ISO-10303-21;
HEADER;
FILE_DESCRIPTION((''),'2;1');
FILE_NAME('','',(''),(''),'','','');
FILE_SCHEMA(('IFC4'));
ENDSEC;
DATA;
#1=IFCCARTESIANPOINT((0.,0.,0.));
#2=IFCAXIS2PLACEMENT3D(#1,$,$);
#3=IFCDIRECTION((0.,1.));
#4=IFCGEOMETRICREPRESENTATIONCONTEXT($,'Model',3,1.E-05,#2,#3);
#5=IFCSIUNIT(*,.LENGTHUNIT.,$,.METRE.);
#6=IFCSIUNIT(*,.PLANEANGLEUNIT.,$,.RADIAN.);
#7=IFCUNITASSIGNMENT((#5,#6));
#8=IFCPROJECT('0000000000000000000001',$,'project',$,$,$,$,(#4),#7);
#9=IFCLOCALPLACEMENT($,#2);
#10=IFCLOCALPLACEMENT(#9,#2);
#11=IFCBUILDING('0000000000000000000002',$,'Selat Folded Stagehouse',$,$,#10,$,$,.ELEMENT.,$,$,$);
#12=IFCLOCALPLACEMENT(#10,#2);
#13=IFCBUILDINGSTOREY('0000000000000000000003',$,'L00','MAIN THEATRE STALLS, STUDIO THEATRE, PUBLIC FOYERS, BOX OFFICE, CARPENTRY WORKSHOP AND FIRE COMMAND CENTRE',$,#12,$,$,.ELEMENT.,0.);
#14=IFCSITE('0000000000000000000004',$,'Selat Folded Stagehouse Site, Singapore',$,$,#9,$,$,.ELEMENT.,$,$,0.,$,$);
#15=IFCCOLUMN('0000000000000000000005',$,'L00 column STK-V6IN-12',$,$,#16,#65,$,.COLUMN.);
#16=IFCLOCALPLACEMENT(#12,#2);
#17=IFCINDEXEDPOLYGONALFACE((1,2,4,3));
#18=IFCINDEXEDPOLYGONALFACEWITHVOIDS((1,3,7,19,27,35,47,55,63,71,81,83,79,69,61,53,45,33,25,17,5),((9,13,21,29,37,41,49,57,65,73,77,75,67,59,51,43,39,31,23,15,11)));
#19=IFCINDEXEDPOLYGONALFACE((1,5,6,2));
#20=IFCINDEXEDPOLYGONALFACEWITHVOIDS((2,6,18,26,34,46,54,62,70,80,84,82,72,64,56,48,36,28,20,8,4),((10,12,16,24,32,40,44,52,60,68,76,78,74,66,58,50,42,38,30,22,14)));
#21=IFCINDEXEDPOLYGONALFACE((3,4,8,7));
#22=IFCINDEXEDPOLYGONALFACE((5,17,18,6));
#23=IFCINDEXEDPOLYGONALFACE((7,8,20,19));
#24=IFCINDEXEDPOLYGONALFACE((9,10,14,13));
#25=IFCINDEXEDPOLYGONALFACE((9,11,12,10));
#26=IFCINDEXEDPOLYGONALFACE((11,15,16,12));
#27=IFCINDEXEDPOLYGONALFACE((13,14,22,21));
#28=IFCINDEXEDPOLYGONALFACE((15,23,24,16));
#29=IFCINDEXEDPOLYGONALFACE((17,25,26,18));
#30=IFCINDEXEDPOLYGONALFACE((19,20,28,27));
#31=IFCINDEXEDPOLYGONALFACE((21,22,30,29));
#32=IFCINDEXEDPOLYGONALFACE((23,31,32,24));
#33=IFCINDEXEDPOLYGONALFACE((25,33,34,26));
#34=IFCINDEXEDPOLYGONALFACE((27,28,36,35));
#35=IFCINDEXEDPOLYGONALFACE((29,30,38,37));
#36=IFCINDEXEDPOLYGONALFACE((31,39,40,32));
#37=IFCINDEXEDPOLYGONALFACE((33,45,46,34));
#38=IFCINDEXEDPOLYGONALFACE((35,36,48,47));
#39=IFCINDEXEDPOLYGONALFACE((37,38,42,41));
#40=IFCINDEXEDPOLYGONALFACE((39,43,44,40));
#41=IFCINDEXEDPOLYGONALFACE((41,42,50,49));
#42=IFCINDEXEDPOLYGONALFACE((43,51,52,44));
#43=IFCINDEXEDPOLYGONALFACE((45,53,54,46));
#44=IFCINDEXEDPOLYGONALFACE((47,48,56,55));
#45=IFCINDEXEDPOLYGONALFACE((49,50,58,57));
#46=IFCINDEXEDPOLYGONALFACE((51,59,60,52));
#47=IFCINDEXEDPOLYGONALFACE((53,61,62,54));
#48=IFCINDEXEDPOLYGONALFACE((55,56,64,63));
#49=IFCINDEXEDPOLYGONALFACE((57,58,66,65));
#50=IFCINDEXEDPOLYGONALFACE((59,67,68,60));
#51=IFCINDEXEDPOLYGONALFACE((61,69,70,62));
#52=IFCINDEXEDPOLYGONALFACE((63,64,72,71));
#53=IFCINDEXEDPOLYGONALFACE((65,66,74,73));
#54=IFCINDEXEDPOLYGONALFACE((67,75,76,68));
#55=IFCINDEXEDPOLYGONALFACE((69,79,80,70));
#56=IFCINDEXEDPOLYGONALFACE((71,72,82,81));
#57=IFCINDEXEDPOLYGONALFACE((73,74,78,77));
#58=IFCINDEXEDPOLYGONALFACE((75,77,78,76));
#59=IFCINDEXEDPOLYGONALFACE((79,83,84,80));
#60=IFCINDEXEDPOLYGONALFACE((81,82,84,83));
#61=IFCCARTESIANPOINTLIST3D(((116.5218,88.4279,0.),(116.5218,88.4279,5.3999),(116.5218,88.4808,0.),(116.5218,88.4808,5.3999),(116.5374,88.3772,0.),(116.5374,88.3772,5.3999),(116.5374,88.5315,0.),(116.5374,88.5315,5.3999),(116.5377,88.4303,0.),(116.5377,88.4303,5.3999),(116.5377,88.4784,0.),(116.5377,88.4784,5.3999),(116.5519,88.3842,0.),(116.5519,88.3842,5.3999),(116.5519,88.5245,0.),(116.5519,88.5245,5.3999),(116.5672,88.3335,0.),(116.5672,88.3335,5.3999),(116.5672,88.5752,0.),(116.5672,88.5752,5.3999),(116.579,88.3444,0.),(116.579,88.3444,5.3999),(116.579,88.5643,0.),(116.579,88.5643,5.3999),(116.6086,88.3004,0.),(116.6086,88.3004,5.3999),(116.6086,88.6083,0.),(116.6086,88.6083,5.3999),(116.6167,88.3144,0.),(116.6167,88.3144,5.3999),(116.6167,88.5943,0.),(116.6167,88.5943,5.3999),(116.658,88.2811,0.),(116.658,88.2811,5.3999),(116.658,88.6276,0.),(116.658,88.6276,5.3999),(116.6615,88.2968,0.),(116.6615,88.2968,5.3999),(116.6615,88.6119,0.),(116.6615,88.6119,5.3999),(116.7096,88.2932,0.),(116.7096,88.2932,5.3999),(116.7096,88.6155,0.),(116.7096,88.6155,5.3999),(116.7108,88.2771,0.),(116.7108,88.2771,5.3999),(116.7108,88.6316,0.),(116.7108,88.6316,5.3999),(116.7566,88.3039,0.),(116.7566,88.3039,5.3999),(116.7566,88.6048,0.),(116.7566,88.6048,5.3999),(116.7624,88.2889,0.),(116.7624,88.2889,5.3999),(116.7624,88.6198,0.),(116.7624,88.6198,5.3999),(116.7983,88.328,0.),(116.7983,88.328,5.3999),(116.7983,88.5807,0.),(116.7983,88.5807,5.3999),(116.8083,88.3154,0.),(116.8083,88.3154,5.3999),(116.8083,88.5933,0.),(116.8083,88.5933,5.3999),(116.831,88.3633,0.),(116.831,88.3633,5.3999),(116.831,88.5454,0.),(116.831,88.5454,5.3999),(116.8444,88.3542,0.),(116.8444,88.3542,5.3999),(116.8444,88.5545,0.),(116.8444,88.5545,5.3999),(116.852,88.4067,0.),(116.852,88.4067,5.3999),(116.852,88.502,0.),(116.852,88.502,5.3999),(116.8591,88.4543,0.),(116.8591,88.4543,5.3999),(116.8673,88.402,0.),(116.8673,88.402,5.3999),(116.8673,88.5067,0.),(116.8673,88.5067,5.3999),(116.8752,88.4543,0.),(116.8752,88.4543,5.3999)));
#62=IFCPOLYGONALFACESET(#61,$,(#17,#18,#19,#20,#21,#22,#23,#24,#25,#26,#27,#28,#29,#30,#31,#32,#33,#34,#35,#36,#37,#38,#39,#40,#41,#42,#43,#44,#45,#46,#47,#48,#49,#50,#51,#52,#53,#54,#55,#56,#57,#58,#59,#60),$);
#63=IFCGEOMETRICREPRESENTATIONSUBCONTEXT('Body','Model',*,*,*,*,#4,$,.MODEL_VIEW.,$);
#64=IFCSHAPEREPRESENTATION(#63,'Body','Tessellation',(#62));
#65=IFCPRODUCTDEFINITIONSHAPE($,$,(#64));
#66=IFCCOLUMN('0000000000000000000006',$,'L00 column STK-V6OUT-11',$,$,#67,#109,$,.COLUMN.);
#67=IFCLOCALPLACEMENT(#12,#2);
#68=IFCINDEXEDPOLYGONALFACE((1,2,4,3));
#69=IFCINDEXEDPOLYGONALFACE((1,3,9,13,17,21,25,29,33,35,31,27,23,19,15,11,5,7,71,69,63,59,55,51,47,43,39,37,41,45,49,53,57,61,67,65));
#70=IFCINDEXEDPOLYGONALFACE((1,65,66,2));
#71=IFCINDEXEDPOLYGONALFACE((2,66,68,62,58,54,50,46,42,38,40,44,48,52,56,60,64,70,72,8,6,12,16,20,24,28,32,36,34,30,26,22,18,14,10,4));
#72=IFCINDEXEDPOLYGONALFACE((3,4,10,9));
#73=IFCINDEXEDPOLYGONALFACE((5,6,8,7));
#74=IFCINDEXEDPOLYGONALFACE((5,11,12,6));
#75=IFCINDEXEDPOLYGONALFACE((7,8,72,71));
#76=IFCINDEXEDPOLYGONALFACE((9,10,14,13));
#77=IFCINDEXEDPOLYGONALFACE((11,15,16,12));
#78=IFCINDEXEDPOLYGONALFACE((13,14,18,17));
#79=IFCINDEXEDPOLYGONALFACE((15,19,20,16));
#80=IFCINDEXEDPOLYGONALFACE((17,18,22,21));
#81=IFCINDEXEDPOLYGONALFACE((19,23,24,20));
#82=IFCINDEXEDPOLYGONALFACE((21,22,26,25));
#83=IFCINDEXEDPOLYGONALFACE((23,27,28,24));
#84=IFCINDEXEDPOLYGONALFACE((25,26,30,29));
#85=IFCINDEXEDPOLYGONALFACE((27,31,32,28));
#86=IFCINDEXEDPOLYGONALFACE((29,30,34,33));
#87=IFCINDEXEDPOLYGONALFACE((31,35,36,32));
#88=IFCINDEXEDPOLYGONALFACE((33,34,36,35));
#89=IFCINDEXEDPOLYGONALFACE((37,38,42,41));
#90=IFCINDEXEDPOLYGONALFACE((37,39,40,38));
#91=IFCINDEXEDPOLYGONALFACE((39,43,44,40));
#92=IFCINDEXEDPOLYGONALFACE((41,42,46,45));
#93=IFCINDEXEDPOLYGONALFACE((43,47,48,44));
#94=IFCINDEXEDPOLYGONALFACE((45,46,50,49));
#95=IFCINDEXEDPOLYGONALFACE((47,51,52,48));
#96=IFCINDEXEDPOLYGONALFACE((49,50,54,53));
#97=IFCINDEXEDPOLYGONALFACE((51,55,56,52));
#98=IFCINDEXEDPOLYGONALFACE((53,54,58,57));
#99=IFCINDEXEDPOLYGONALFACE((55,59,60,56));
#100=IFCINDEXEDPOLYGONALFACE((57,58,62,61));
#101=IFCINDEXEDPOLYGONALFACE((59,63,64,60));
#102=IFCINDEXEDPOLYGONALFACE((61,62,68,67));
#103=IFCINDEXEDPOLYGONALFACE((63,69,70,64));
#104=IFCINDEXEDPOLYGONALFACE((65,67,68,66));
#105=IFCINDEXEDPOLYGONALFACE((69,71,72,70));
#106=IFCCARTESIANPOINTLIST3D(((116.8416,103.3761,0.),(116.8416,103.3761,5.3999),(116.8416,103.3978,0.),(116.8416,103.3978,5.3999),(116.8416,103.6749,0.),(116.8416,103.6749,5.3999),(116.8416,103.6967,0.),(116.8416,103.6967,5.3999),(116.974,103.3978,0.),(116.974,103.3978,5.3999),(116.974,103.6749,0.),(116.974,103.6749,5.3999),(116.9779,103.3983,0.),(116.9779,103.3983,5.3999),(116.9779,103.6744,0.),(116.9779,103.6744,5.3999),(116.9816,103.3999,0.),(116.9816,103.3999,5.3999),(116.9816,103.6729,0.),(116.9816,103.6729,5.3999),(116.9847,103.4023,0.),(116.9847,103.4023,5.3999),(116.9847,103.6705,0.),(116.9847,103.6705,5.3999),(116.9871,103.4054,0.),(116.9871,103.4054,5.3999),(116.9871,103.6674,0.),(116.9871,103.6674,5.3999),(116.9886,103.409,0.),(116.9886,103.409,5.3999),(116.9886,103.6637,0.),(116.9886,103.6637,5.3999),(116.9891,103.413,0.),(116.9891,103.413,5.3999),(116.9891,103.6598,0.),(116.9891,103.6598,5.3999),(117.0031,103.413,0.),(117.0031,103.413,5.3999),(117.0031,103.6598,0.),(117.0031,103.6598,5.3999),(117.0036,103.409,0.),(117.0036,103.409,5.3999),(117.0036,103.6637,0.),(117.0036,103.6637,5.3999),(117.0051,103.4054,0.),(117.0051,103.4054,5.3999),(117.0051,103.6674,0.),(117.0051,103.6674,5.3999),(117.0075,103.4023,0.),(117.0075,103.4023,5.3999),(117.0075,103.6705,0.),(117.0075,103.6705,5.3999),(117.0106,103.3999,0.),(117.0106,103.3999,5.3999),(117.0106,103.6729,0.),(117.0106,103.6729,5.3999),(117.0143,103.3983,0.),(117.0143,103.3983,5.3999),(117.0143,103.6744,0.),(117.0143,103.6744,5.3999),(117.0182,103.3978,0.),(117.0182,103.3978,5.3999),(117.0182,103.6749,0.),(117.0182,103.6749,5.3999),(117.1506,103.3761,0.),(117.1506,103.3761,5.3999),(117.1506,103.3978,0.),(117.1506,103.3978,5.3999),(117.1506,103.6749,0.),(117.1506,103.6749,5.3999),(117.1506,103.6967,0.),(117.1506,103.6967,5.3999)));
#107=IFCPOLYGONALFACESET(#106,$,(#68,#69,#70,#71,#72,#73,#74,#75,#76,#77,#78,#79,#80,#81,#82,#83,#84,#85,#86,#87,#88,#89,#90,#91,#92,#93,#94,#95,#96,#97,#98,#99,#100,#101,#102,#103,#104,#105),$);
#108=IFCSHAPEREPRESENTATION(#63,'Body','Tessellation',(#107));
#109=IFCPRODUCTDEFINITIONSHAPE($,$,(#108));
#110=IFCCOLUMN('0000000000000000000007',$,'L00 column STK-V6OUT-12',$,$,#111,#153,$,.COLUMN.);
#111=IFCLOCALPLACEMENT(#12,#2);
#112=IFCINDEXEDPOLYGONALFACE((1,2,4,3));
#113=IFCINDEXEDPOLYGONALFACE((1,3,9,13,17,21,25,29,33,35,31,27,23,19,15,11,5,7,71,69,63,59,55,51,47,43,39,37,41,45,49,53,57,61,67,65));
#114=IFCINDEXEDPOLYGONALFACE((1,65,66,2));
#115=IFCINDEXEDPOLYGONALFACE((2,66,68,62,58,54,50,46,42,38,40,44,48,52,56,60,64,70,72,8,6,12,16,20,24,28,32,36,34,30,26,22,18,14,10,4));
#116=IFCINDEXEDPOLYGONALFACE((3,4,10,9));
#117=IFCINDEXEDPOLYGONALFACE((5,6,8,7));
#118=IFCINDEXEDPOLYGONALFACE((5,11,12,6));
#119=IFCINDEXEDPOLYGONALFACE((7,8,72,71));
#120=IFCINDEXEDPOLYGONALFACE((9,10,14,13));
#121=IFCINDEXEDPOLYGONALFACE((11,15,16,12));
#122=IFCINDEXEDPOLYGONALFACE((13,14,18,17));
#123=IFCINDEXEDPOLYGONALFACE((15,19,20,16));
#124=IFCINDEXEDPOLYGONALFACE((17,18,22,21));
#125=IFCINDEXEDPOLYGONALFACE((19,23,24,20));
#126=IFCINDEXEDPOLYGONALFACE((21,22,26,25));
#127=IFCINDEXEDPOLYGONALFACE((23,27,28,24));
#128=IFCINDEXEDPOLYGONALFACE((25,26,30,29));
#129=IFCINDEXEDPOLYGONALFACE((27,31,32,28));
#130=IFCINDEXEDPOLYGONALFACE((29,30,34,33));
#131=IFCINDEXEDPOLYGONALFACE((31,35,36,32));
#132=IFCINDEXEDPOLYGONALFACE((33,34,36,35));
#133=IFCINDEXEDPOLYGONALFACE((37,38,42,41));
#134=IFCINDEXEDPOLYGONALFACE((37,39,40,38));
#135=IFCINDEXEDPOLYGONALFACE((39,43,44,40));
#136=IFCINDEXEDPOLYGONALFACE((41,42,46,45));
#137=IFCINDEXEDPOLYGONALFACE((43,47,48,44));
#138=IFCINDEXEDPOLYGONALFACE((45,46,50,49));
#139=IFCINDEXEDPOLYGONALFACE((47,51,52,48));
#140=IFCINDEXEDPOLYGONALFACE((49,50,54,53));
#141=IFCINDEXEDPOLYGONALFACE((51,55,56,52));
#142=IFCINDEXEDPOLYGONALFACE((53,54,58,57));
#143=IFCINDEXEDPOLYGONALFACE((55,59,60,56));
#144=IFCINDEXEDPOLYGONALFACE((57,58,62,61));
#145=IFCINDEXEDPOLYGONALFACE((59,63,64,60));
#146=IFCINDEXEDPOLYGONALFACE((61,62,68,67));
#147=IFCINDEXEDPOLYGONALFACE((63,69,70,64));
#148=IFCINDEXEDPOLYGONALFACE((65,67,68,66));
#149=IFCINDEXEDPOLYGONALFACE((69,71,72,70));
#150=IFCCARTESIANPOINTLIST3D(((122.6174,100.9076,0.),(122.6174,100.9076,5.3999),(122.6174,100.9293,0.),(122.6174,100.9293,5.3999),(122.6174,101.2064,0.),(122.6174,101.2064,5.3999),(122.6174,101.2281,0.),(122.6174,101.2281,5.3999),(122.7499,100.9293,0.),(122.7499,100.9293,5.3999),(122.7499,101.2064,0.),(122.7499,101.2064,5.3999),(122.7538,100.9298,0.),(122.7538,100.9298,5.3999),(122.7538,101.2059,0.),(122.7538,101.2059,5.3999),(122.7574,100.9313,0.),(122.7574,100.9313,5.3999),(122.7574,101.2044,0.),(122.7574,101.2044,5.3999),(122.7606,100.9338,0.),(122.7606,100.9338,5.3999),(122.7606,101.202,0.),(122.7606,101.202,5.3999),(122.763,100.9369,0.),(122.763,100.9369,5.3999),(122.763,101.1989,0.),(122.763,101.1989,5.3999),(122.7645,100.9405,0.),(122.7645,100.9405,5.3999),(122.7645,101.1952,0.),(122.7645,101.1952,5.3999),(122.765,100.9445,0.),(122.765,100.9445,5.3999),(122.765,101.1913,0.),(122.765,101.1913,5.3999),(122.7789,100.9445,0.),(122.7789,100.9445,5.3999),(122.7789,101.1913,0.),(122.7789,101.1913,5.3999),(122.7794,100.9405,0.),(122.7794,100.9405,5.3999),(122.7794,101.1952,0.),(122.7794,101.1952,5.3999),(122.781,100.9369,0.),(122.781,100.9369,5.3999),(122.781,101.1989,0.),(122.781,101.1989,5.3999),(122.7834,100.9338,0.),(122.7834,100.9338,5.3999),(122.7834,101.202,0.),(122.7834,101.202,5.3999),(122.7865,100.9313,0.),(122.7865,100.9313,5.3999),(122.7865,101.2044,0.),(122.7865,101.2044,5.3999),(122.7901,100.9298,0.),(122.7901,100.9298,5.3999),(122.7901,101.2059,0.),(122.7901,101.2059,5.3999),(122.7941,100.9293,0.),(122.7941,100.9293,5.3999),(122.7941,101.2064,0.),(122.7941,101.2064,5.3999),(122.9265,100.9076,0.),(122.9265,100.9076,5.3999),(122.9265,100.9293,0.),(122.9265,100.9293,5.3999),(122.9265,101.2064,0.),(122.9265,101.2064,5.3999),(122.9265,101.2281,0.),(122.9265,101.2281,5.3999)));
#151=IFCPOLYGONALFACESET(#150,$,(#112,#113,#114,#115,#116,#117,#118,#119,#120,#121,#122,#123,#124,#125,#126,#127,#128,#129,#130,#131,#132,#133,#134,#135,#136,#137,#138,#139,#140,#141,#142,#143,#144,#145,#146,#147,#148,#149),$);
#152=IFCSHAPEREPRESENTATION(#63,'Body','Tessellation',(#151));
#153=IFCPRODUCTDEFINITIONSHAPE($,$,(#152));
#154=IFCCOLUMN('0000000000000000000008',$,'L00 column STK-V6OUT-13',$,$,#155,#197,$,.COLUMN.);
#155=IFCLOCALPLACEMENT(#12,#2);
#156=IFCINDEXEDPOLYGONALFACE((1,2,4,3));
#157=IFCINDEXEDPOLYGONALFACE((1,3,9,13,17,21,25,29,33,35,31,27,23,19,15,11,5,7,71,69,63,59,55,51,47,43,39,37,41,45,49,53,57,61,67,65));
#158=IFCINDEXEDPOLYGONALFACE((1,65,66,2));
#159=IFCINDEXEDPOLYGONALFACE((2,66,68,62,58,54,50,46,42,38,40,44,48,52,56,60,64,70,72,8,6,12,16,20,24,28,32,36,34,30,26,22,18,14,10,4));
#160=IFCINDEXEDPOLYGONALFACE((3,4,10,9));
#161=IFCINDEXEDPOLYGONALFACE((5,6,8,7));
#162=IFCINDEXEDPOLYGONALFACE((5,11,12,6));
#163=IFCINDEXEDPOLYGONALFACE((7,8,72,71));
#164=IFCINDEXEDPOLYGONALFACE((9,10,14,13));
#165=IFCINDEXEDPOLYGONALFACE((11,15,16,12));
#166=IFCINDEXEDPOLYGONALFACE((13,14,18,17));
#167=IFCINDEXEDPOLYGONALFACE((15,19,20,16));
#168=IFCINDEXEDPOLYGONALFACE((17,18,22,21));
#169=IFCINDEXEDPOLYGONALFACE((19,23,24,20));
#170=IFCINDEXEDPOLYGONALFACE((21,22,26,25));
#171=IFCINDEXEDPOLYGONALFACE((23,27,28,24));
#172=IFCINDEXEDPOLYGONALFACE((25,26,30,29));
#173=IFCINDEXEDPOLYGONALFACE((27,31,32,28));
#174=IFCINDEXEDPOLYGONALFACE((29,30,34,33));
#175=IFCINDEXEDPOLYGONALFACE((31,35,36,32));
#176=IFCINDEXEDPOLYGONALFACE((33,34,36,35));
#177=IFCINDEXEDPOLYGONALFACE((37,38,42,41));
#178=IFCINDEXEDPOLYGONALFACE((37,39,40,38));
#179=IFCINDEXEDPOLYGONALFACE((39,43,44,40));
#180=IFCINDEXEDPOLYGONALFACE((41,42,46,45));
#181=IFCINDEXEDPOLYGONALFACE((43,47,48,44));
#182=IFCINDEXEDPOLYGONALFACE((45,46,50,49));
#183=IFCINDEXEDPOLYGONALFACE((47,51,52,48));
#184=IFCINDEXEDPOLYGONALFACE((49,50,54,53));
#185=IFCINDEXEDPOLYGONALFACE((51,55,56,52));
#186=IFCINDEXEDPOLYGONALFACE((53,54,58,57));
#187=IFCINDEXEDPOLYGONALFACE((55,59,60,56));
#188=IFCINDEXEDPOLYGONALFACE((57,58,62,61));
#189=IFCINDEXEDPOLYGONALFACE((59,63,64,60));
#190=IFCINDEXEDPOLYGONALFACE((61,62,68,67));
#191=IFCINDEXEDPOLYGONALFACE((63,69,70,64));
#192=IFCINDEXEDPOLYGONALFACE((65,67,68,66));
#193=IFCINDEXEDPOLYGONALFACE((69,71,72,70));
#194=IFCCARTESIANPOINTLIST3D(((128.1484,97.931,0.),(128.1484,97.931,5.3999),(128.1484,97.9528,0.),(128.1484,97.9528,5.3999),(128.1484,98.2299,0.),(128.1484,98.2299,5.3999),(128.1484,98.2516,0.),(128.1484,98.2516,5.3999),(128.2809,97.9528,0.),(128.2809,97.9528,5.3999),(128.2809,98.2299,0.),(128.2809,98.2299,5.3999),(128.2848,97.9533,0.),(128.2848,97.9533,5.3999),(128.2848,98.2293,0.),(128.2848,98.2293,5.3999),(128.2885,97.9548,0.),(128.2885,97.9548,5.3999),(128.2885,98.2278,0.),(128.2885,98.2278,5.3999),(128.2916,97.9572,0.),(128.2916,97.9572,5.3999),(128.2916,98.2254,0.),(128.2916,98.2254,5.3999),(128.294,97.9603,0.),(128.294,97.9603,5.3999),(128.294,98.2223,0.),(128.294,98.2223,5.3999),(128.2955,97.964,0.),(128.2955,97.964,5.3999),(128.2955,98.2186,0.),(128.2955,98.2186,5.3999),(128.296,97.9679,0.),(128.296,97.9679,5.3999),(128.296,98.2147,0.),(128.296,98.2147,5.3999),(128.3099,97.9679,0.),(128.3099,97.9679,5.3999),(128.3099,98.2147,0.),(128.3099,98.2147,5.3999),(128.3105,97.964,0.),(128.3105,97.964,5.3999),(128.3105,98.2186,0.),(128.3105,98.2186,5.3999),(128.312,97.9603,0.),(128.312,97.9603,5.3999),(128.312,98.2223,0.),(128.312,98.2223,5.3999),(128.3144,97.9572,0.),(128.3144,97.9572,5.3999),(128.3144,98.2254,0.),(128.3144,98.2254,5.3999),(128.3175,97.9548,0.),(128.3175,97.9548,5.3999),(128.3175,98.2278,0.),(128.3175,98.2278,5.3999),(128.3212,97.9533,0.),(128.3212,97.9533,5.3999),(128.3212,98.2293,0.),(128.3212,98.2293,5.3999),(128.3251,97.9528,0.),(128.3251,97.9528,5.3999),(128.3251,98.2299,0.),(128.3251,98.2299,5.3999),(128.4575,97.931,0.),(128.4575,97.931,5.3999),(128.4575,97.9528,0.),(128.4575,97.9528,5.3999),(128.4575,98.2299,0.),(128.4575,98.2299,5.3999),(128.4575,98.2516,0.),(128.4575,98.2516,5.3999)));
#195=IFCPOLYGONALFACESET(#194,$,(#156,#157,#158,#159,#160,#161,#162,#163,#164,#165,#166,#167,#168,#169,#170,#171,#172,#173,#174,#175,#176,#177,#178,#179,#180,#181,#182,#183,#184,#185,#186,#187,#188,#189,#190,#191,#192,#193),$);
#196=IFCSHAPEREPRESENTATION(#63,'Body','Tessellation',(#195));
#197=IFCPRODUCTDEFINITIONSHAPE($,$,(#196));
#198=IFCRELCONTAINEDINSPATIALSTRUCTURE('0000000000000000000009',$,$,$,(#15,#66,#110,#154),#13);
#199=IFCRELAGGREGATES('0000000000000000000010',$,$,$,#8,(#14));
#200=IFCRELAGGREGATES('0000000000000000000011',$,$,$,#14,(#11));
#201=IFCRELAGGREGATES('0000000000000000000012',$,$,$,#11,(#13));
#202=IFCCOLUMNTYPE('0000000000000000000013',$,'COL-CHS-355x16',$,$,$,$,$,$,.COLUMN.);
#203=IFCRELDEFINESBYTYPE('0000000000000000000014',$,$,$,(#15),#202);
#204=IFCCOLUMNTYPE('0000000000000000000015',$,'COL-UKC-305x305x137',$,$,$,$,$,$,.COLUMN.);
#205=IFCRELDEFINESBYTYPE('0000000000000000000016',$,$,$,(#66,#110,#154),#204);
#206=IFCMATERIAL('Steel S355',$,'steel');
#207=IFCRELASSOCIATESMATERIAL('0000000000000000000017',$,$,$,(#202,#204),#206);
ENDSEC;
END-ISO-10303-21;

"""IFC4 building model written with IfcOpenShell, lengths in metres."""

from ifc_helpers import new_model, si_unit, direction, frame, origin, origin_2d, place, context, subcontext, project, spatial, hollow_circle, i_section, extrude, material, material_profile, profile_set, type_object, element, save


model = new_model("IFC4")

# Units and contexts
model_context = context("Model", 3, precision=1e-05, world=origin(), true_north=direction((0.0, 1.0)))
body_context = subcontext(model_context, "Body", "Model", "MODEL_VIEW")
ifc_project = project(units=[si_unit("LENGTHUNIT", "METRE"), si_unit("PLANEANGLEUNIT", "RADIAN")], contexts=[model_context])

# Site, building, storey
site_placement = place(None, origin())
site = spatial("IfcSite", under=ifc_project, at=site_placement, Name="Selat Folded Stagehouse Site, Singapore", CompositionType="ELEMENT", RefElevation=0.0)
building_placement = place(site_placement, origin())
building = spatial("IfcBuilding", under=site, at=building_placement, Name="Selat Folded Stagehouse", CompositionType="ELEMENT")
storey_placement = place(building_placement, origin())
storey = spatial("IfcBuildingStorey", under=building, at=storey_placement, Name="L00", Description="MAIN THEATRE STALLS, STUDIO THEATRE, PUBLIC FOYERS, BOX OFFICE, CARPENTRY WORKSHOP AND FIRE COMMAND CENTRE", CompositionType="ELEMENT", Elevation=0.0)

# Columns
ifc_material_1 = material(Name="Steel S355", Category="steel")
ifc_material_profile_1 = material_profile(ifc_material_1, hollow_circle(Radius=0.1777, WallThickness=0.0161, at=origin_2d()), Name="CHS 355.6x16.0")
ifc_profile_set_1 = profile_set([ifc_material_profile_1], Name="Steel S355")
column_type_1 = type_object("IfcColumnType", Name="COL-CHS-355x16", PredefinedType="COLUMN", material=ifc_profile_set_1)
column_placement = place(storey_placement, frame((116.6975, 88.4543, 0.0), z_axis=(0.0, 0.0, 1.0), x_axis=(1.0, 0.0, 0.0)))
element("IfcColumn", 1, at=column_placement, inside=storey, type_object=column_type_1, Name="L00 column STK-V6IN-12", PredefinedType="COLUMN", context=body_context, shape_type="SweptSolid", body=[
    extrude(hollow_circle(Radius=0.1777, WallThickness=0.0161, at=origin_2d()), origin(), (0.0, 0.0, 1.0), 5.3999),
])
ifc_material_profile_2 = material_profile(ifc_material_1, i_section(OverallWidth=0.3091, OverallDepth=0.3206, WebThickness=0.0139, FlangeThickness=0.0217, FilletRadius=0.0151, at=origin_2d()), Name="UKC 305x305x137")
ifc_profile_set_2 = profile_set([ifc_material_profile_2], Name="Steel S355")
column_type_2 = type_object("IfcColumnType", Name="COL-UKC-305x305x137", PredefinedType="COLUMN", material=ifc_profile_set_2)
for number, where, z_axis, x_axis, name in (
    (2, (116.9961, 103.5364, 0.0), (0.0, 0.0, 1.0), (1.0, 0.0, 0.0), "L00 column STK-V6OUT-11"),
    (3, (122.772, 101.0679, 0.0), (0.0, 0.0, 1.0), (1.0, 0.0, 0.0), "L00 column STK-V6OUT-12"),
    (4, (128.303, 98.0913, 0.0), (0.0, 0.0, 1.0), (1.0, 0.0, 0.0), "L00 column STK-V6OUT-13"),
):
    element("IfcColumn", number, at=place(storey_placement, frame(where, z_axis=z_axis, x_axis=x_axis)), inside=storey, type_object=column_type_2, Name=name, PredefinedType="COLUMN", context=body_context, shape_type="SweptSolid", body=[
        extrude(i_section(OverallWidth=0.3091, OverallDepth=0.3206, WebThickness=0.0139, FlangeThickness=0.0217, FilletRadius=0.0151, at=origin_2d()), origin(), (0.0, 0.0, 1.0), 5.3999),
    ])

save(model, "model.ifc")
